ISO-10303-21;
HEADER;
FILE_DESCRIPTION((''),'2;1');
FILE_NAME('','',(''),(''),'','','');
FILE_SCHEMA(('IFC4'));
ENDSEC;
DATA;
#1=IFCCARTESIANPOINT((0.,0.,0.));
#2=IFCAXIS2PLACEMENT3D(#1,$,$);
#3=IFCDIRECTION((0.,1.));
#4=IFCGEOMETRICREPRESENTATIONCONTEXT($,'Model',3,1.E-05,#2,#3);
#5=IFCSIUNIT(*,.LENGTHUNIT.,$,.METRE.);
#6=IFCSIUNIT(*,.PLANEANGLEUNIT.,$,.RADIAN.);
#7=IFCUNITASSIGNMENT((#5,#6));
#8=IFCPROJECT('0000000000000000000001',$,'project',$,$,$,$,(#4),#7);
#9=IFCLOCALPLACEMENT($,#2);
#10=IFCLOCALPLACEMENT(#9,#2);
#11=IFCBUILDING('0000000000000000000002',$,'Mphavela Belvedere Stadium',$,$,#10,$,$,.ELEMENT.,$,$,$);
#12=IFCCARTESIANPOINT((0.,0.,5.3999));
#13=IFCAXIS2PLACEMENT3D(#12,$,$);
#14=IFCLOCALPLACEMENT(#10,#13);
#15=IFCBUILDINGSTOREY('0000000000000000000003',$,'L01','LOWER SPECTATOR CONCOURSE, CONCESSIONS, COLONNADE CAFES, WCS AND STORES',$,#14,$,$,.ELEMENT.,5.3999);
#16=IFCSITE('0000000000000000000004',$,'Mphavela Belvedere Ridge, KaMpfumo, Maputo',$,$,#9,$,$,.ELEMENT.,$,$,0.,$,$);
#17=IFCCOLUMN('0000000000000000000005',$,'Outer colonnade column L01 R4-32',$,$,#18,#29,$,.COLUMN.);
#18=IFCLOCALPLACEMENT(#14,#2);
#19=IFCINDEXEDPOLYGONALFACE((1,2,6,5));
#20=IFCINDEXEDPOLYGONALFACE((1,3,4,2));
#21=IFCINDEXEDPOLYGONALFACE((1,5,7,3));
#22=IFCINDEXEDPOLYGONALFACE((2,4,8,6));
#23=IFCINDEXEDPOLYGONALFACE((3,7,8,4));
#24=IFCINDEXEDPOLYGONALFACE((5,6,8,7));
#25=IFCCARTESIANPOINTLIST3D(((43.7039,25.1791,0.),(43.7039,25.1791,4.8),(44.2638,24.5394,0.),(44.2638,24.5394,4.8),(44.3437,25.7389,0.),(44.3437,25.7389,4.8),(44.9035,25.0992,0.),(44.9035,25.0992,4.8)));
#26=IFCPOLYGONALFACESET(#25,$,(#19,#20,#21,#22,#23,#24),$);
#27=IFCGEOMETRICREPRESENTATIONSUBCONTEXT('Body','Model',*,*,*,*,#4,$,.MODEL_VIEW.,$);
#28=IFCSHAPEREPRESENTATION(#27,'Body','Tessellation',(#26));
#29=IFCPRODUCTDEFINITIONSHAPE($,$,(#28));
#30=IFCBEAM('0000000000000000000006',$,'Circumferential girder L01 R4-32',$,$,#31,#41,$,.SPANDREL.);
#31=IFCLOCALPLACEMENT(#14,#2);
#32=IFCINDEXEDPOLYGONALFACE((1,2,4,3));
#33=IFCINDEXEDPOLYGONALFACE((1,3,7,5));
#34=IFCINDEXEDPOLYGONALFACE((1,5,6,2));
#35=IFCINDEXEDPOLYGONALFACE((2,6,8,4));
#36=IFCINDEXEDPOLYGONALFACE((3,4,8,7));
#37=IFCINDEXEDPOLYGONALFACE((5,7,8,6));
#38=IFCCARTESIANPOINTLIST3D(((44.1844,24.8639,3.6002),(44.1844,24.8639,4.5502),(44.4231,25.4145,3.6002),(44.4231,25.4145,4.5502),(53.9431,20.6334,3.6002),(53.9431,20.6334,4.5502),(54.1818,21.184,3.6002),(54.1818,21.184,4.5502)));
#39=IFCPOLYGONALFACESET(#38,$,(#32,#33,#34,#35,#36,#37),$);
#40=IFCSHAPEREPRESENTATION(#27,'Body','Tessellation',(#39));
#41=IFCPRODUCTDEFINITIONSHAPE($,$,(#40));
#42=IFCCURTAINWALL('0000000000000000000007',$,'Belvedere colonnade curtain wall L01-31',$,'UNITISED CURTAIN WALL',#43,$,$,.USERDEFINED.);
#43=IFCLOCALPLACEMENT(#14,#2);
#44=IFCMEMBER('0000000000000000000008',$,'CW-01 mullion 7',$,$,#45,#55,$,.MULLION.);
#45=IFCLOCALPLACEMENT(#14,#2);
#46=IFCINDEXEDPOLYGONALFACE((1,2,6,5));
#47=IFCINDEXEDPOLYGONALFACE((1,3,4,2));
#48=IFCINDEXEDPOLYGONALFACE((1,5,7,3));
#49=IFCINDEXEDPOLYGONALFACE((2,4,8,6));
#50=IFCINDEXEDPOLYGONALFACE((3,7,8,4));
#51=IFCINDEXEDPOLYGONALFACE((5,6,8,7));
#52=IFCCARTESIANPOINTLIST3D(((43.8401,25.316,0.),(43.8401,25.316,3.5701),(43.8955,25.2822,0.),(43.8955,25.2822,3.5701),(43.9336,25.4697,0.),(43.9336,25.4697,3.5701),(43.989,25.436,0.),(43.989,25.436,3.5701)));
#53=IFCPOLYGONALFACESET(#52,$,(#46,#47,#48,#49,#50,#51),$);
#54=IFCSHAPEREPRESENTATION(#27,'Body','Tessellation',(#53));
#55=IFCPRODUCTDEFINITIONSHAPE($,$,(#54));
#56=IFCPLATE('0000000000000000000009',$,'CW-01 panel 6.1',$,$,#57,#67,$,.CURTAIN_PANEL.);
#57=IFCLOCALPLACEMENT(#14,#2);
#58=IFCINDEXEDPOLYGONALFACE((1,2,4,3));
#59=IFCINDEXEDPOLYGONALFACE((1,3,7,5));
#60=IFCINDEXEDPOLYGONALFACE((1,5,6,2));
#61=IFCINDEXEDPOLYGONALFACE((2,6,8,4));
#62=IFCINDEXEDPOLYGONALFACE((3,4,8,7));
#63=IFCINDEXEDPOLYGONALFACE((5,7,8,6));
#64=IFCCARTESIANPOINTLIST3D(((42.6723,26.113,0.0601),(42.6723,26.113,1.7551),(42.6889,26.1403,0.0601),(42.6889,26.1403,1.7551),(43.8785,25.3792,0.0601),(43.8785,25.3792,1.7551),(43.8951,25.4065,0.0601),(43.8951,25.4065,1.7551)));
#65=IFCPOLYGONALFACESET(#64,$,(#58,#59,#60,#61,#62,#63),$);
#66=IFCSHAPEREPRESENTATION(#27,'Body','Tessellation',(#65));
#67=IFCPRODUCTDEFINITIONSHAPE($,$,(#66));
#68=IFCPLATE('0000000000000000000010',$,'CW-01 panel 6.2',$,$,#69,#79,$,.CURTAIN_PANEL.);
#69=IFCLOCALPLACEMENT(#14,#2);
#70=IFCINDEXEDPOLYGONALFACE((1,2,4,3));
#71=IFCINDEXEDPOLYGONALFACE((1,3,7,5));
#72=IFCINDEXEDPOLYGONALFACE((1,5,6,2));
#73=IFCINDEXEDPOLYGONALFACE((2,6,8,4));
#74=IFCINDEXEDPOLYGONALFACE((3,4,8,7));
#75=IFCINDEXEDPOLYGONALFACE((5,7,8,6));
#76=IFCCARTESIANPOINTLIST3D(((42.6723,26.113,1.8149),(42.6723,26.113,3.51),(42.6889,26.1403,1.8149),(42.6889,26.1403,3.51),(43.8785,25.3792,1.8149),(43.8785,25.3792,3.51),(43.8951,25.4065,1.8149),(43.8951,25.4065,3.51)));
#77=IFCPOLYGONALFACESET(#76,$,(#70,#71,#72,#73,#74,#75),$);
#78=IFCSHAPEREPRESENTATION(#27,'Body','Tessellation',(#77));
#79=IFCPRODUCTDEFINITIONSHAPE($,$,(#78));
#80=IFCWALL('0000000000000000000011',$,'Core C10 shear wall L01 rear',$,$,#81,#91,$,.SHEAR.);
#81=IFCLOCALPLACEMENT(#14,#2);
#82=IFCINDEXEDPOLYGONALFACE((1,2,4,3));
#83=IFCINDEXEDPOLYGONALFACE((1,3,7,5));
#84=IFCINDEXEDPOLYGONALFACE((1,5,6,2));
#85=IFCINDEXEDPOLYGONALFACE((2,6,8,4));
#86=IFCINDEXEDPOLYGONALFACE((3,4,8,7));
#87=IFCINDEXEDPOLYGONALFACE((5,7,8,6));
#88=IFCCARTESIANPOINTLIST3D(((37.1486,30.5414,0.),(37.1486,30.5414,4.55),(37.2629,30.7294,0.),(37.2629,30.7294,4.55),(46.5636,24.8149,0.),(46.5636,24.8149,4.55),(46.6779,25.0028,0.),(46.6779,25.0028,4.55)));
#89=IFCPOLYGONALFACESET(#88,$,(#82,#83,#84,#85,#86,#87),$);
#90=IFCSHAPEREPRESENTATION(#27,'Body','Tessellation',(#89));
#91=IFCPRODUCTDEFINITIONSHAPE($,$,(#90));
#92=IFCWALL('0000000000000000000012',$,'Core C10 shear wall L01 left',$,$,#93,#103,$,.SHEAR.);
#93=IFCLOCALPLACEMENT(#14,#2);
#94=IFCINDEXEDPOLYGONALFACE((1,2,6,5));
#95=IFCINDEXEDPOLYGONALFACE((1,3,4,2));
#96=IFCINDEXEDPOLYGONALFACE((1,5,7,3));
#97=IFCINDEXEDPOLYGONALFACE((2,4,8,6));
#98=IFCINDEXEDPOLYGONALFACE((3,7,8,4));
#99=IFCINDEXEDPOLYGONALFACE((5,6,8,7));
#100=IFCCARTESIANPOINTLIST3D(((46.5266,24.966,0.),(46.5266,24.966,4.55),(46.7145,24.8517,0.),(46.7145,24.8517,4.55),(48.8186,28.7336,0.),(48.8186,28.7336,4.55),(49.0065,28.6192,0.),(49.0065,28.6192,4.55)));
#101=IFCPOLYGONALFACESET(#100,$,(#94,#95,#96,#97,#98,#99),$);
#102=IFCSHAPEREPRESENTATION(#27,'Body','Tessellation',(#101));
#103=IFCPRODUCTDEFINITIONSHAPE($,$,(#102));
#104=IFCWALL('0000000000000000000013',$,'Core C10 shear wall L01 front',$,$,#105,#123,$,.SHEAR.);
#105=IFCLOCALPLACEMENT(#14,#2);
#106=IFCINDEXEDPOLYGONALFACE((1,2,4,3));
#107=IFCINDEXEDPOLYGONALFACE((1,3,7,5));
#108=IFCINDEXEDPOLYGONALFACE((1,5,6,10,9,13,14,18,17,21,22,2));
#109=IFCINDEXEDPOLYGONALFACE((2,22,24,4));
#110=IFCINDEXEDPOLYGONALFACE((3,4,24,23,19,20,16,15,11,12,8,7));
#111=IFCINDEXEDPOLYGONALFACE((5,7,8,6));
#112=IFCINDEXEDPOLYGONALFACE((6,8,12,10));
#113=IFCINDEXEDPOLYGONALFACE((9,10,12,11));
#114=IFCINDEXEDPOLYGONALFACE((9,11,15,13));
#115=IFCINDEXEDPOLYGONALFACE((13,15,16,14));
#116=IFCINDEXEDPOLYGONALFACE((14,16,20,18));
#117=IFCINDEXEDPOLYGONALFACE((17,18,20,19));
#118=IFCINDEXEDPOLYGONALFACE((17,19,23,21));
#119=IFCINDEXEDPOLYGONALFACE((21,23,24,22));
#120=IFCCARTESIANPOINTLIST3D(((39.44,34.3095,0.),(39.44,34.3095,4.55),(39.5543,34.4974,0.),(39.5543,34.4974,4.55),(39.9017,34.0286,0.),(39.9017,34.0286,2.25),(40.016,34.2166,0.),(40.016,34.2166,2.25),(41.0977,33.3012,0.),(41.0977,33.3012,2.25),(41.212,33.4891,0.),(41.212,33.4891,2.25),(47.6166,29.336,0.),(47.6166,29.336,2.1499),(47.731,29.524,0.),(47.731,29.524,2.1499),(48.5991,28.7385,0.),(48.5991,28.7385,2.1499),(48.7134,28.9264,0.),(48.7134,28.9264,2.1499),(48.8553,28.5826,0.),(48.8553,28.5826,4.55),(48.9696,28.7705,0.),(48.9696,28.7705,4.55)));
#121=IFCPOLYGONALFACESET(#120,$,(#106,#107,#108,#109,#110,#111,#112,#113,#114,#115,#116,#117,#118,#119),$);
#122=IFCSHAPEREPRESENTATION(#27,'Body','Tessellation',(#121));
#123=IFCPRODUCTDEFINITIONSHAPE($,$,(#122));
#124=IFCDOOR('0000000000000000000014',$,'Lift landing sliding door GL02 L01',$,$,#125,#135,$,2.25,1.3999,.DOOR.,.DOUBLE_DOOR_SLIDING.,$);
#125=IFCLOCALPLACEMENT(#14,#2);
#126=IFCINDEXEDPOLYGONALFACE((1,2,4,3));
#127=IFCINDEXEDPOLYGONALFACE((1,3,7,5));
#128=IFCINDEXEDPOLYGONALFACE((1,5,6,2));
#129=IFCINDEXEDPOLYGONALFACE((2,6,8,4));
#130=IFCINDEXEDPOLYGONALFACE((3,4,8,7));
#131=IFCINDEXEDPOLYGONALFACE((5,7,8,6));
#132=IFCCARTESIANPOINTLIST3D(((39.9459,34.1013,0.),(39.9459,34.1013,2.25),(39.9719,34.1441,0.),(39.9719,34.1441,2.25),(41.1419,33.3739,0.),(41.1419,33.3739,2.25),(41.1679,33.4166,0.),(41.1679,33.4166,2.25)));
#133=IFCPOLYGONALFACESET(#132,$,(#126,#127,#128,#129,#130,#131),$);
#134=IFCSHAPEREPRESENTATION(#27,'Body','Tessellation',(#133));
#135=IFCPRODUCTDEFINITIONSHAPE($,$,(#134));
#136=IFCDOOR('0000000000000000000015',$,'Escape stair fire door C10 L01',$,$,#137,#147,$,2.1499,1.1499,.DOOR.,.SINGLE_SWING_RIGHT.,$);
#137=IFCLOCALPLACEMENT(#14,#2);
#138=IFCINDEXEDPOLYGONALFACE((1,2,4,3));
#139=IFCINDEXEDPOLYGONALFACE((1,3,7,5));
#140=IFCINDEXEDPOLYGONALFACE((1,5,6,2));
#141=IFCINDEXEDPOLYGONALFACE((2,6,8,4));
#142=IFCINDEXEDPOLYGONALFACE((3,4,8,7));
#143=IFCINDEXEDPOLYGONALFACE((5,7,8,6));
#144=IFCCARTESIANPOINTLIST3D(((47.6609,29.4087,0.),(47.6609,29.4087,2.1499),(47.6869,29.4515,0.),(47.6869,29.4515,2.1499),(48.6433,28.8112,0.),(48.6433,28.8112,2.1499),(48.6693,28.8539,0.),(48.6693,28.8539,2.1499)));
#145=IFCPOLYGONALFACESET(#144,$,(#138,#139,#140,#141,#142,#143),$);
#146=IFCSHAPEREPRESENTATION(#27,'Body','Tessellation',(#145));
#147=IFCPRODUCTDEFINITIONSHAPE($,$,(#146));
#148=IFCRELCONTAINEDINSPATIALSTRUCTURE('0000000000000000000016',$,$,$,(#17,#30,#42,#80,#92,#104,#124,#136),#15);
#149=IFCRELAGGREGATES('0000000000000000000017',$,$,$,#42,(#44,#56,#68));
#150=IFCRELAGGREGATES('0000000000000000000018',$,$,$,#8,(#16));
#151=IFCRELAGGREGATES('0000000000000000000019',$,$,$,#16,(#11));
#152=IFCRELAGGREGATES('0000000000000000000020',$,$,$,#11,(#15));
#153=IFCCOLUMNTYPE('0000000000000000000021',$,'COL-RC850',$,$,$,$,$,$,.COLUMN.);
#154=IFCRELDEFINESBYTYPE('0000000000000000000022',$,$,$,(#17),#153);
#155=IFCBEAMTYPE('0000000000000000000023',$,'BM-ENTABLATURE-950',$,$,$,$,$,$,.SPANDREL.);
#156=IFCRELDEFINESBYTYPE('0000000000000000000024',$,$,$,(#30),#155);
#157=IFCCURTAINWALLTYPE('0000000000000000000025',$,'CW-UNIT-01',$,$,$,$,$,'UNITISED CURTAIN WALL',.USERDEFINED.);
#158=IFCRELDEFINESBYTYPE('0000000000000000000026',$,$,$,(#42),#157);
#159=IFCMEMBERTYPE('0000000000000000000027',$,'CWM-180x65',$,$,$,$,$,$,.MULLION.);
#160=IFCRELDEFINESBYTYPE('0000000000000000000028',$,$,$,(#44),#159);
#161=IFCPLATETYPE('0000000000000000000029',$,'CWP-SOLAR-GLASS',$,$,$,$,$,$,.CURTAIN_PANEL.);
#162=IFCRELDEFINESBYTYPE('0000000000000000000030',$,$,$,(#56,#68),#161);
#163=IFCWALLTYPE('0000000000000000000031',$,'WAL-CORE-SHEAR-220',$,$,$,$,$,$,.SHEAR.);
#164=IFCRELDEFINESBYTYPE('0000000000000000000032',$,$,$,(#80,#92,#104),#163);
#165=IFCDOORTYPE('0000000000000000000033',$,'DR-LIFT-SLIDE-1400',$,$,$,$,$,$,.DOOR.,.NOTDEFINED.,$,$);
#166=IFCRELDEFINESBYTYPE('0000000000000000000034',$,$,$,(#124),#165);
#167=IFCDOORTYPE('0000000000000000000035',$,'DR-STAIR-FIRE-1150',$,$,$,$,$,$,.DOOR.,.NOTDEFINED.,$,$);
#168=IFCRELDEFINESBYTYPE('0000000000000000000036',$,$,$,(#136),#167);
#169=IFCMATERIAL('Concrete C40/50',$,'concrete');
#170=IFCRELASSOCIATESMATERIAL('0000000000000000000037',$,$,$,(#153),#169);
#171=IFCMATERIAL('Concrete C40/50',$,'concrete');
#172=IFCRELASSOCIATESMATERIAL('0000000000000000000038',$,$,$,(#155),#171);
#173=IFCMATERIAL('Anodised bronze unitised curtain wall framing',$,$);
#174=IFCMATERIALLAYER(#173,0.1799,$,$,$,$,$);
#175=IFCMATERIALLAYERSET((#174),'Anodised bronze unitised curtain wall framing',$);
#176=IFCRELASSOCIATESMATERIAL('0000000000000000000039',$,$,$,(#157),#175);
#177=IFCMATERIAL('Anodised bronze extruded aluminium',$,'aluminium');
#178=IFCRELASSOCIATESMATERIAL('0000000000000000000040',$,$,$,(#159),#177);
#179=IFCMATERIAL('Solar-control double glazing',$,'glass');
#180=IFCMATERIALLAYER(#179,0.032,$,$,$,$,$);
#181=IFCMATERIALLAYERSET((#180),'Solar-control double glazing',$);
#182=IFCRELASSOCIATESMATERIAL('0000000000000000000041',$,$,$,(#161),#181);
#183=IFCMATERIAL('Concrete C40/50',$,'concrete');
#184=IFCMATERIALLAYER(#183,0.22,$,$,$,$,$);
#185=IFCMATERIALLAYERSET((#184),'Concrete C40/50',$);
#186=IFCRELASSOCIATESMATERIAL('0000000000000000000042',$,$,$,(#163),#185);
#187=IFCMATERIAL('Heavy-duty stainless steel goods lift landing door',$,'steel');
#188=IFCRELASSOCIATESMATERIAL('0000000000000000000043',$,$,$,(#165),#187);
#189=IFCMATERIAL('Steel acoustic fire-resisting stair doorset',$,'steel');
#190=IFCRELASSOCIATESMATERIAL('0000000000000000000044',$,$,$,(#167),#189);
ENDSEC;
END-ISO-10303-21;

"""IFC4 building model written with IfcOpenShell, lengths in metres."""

from ifc_helpers import new_model, si_unit, direction, frame, frame_2d, origin, origin_2d, place, context, subcontext, project, spatial, rectangle, extrude, material, layer, layer_set, material_profile, profile_set, type_object, element, fill, aggregate, save


model = new_model("IFC4")

# Units and contexts
model_context = context("Model", 3, precision=1e-05, world=origin(), true_north=direction((0.0, 1.0)))
body_context = subcontext(model_context, "Body", "Model", "MODEL_VIEW")
ifc_project = project(units=[si_unit("LENGTHUNIT", "METRE"), si_unit("PLANEANGLEUNIT", "RADIAN")], contexts=[model_context])

# Site, building, storey
site_placement = place(None, origin())
site = spatial("IfcSite", under=ifc_project, at=site_placement, Name="Mphavela Belvedere Ridge, KaMpfumo, Maputo", CompositionType="ELEMENT", RefElevation=0.0)
building_placement = place(site_placement, origin())
building = spatial("IfcBuilding", under=site, at=building_placement, Name="Mphavela Belvedere Stadium", CompositionType="ELEMENT")
storey_placement = place(building_placement, frame((0.0, 0.0, 5.3999)))
storey = spatial("IfcBuildingStorey", under=building, at=storey_placement, Name="L01", Description="LOWER SPECTATOR CONCOURSE, CONCESSIONS, COLONNADE CAFES, WCS AND STORES", CompositionType="ELEMENT", Elevation=5.3999)

# Column
ifc_material_1 = material(Name="Concrete C40/50", Category="concrete")
ifc_material_profile_1 = material_profile(ifc_material_1, rectangle(XDim=0.8501, YDim=0.8501, at=origin_2d()), Name="RC 850x850")
ifc_profile_set_1 = profile_set([ifc_material_profile_1], Name="Concrete C40/50")
column_type = type_object("IfcColumnType", Name="COL-RC850", PredefinedType="COLUMN", material=ifc_profile_set_1)
column_placement = place(storey_placement, frame((44.3037, 25.1392, 0.0), z_axis=(0.0, 0.0, 1.0), x_axis=(-0.75253, -0.658558, 0.0)))
element("IfcColumn", 1, at=column_placement, inside=storey, type_object=column_type, Name="Outer colonnade column L01 R4-32", PredefinedType="COLUMN", context=body_context, shape_type="SweptSolid", body=[
    extrude(rectangle(XDim=0.8501, YDim=0.8501, at=origin_2d()), origin(), (0.0, 0.0, 1.0), 4.8),
])

# Beam
ifc_material_2 = material(Name="Concrete C40/50", Category="concrete")
ifc_material_profile_2 = material_profile(ifc_material_2, rectangle(XDim=0.6001, YDim=0.95, at=origin_2d()), Name="RC 600x950")
ifc_profile_set_2 = profile_set([ifc_material_profile_2], Name="Concrete C40/50")
beam_type = type_object("IfcBeamType", Name="BM-ENTABLATURE-950", PredefinedType="SPANDREL", material=ifc_profile_set_2)
beam_placement = place(storey_placement, frame((44.3037, 25.1392, 4.0752), z_axis=(0.917499, -0.397739, 0.0), x_axis=(0.397739, 0.917499, 0.0)))
element("IfcBeam", 2, at=beam_placement, inside=storey, type_object=beam_type, Name="Circumferential girder L01 R4-32", PredefinedType="SPANDREL", context=body_context, shape_type="SweptSolid", body=[
    extrude(rectangle(XDim=0.6001, YDim=0.95, at=origin_2d()), origin(), (0.0, 0.0, 1.0), 10.6362),
])

# Curtain wall, member, plates
ifc_material_3 = material(Name="Anodised bronze unitised curtain wall framing")
ifc_layer_1 = layer(ifc_material_3, 0.1799)
ifc_layer_set_1 = layer_set([ifc_layer_1], Name="Anodised bronze unitised curtain wall framing")
curtain_wall_type = type_object("IfcCurtainWallType", Name="CW-UNIT-01", ElementType="UNITISED CURTAIN WALL", PredefinedType="USERDEFINED", material=ifc_layer_set_1)
curtain_wall_placement = place(storey_placement, origin())
curtain_wall = element("IfcCurtainWall", 3, at=curtain_wall_placement, inside=storey, type_object=curtain_wall_type, Name="Belvedere colonnade curtain wall L01-31", ObjectType="UNITISED CURTAIN WALL", PredefinedType="USERDEFINED")
ifc_material_4 = material(Name="Anodised bronze extruded aluminium", Category="aluminium")
ifc_material_profile_3 = material_profile(ifc_material_4, rectangle(XDim=0.1799, YDim=0.0649, at=origin_2d()), Name="CW-MUL 180x65")
ifc_profile_set_3 = profile_set([ifc_material_profile_3], Name="Anodised bronze extruded aluminium")
member_type = type_object("IfcMemberType", Name="CWM-180x65", PredefinedType="MULLION", material=ifc_profile_set_3)
member_placement = place(storey_placement, frame((43.9146, 25.376, 0.0), z_axis=(0.0, 0.0, 1.0), x_axis=(0.519735, 0.854328, 0.0)))
member = element("IfcMember", 4, at=member_placement, type_object=member_type, Name="CW-01 mullion 7", PredefinedType="MULLION", context=body_context, shape_type="SweptSolid", body=[
    extrude(rectangle(XDim=0.1799, YDim=0.0649, at=origin_2d()), origin(), (0.0, 0.0, 1.0), 3.5701),
])
ifc_material_5 = material(Name="Solar-control double glazing", Category="glass")
ifc_layer_2 = layer(ifc_material_5, 0.032)
ifc_layer_set_2 = layer_set([ifc_layer_2], Name="Solar-control double glazing")
plate_type = type_object("IfcPlateType", Name="CWP-SOLAR-GLASS", PredefinedType="CURTAIN_PANEL", material=ifc_layer_set_2)
plate_1_placement = place(storey_placement, frame((43.2837, 25.7598, 0.0601), z_axis=(0.0, 0.0, 1.0), x_axis=(0.854328, -0.519735, 0.0)))
plate_1 = element("IfcPlate", 5, at=plate_1_placement, type_object=plate_type, Name="CW-01 panel 6.1", PredefinedType="CURTAIN_PANEL", context=body_context, shape_type="SweptSolid", body=[
    extrude(rectangle(XDim=1.4119, YDim=0.032, at=origin_2d()), origin(), (0.0, 0.0, 1.0), 1.6951),
])
plate_2_placement = place(storey_placement, frame((43.2837, 25.7598, 1.8149), z_axis=(0.0, 0.0, 1.0), x_axis=(0.854328, -0.519735, 0.0)))
plate_2 = element("IfcPlate", 6, at=plate_2_placement, type_object=plate_type, Name="CW-01 panel 6.2", PredefinedType="CURTAIN_PANEL", context=body_context, shape_type="SweptSolid", body=[
    extrude(rectangle(XDim=1.4119, YDim=0.032, at=origin_2d()), origin(), (0.0, 0.0, 1.0), 1.6951),
])
aggregate(curtain_wall, [member, plate_1, plate_2])

# Walls
ifc_material_6 = material(Name="Concrete C40/50", Category="concrete")
ifc_layer_3 = layer(ifc_material_6, 0.22)
ifc_layer_set_3 = layer_set([ifc_layer_3], Name="Concrete C40/50")
wall_type_1 = type_object("IfcWallType", Name="WAL-CORE-SHEAR-220", PredefinedType="SHEAR", material=ifc_layer_set_3)
wall_1_placement = place(storey_placement, frame((46.6206, 24.9089, 0.0), z_axis=(0.0, 0.0, 1.0), x_axis=(-0.854373, 0.51966, 0.0)))
element("IfcWall", 7, at=wall_1_placement, inside=storey, type_object=wall_type_1, Name="Core C10 shear wall L01 rear", PredefinedType="SHEAR", context=body_context, shape_type="SweptSolid", body=[
    extrude(rectangle(XDim=11.0198, YDim=0.22, at=frame_2d((5.5098, 0.0))), origin(), (0.0, 0.0, 1.0), 4.55),
])
wall_2_placement = place(storey_placement, frame((48.9126, 28.6765, 0.0), z_axis=(0.0, 0.0, 1.0), x_axis=(-0.519729, -0.854331, 0.0)))
element("IfcWall", 8, at=wall_2_placement, inside=storey, type_object=wall_type_1, Name="Core C10 shear wall L01 left", PredefinedType="SHEAR", context=body_context, shape_type="SweptSolid", body=[
    extrude(rectangle(XDim=4.4099, YDim=0.22, at=frame_2d((2.2051, 0.0))), origin(), (0.0, 0.0, 1.0), 4.55),
])

# Wall, openings, doors
wall_3_placement = place(storey_placement, frame((48.9126, 28.6765, 0.0), z_axis=(0.0, 0.0, 1.0), x_axis=(-0.854369, 0.519666, 0.0)))
wall_3 = element("IfcWall", 9, at=wall_3_placement, inside=storey, type_object=wall_type_1, Name="Core C10 shear wall L01 front", PredefinedType="SHEAR", context=body_context, shape_type="SweptSolid", body=[
    extrude(rectangle(XDim=11.0203, YDim=0.22, at=frame_2d((5.5103, 0.0))), origin(), (0.0, 0.0, 1.0), 4.55),
])
opening_1_placement = place(wall_3_placement, frame((0.3, 0.0, 0.0)))
opening_1 = element("IfcOpeningElement", 10, at=opening_1_placement, cuts=wall_3, PredefinedType="OPENING", context=body_context, shape_type="SweptSolid", body=[
    extrude(rectangle(XDim=1.1499, YDim=2.1499, at=frame_2d((0.575, 1.075))), frame((0.0, 0.1201, 0.0), z_axis=(0.0, -1.0, 0.0), x_axis=(1.0, 0.0, 0.0)), (0.0, 0.0, 1.0), 0.24),
])
opening_2_placement = place(wall_3_placement, frame((9.0801, 0.0, 0.0)))
opening_2 = element("IfcOpeningElement", 11, at=opening_2_placement, cuts=wall_3, PredefinedType="OPENING", context=body_context, shape_type="SweptSolid", body=[
    extrude(rectangle(XDim=1.3999, YDim=2.25, at=frame_2d((0.7, 1.125))), frame((0.0, 0.1201, 0.0), z_axis=(0.0, -1.0, 0.0), x_axis=(1.0, 0.0, 0.0)), (0.0, 0.0, 1.0), 0.24),
])
ifc_material_7 = material(Name="Heavy-duty stainless steel goods lift landing door", Category="steel")
door_type_1 = type_object("IfcDoorType", Name="DR-LIFT-SLIDE-1400", OperationType="NOTDEFINED", PredefinedType="DOOR", material=ifc_material_7)
door_1_placement = place(opening_2_placement, origin())
door_1 = element("IfcDoor", 12, at=door_1_placement, inside=storey, type_object=door_type_1, Name="Lift landing sliding door GL02 L01", OperationType="DOUBLE_DOOR_SLIDING", OverallHeight=2.25, OverallWidth=1.3999, PredefinedType="DOOR", context=body_context, shape_type="SweptSolid", body=[
    extrude(rectangle(XDim=1.3999, YDim=2.25, at=frame_2d((0.7, 1.125))), frame((0.0, 0.0249, 0.0), z_axis=(0.0, -1.0, 0.0), x_axis=(1.0, 0.0, 0.0)), (0.0, 0.0, 1.0), 0.05),
])
fill(opening_2, door_1)
ifc_material_8 = material(Name="Steel acoustic fire-resisting stair doorset", Category="steel")
door_type_2 = type_object("IfcDoorType", Name="DR-STAIR-FIRE-1150", OperationType="NOTDEFINED", PredefinedType="DOOR", material=ifc_material_8)
door_2_placement = place(opening_1_placement, origin())
door_2 = element("IfcDoor", 13, at=door_2_placement, inside=storey, type_object=door_type_2, Name="Escape stair fire door C10 L01", OperationType="SINGLE_SWING_RIGHT", OverallHeight=2.1499, OverallWidth=1.1499, PredefinedType="DOOR", context=body_context, shape_type="SweptSolid", body=[
    extrude(rectangle(XDim=1.1499, YDim=2.1499, at=frame_2d((0.575, 1.075))), frame((0.0, 0.0249, 0.0), z_axis=(0.0, -1.0, 0.0), x_axis=(1.0, 0.0, 0.0)), (0.0, 0.0, 1.0), 0.05),
])
fill(opening_1, door_2)

save(model, "model.ifc")
